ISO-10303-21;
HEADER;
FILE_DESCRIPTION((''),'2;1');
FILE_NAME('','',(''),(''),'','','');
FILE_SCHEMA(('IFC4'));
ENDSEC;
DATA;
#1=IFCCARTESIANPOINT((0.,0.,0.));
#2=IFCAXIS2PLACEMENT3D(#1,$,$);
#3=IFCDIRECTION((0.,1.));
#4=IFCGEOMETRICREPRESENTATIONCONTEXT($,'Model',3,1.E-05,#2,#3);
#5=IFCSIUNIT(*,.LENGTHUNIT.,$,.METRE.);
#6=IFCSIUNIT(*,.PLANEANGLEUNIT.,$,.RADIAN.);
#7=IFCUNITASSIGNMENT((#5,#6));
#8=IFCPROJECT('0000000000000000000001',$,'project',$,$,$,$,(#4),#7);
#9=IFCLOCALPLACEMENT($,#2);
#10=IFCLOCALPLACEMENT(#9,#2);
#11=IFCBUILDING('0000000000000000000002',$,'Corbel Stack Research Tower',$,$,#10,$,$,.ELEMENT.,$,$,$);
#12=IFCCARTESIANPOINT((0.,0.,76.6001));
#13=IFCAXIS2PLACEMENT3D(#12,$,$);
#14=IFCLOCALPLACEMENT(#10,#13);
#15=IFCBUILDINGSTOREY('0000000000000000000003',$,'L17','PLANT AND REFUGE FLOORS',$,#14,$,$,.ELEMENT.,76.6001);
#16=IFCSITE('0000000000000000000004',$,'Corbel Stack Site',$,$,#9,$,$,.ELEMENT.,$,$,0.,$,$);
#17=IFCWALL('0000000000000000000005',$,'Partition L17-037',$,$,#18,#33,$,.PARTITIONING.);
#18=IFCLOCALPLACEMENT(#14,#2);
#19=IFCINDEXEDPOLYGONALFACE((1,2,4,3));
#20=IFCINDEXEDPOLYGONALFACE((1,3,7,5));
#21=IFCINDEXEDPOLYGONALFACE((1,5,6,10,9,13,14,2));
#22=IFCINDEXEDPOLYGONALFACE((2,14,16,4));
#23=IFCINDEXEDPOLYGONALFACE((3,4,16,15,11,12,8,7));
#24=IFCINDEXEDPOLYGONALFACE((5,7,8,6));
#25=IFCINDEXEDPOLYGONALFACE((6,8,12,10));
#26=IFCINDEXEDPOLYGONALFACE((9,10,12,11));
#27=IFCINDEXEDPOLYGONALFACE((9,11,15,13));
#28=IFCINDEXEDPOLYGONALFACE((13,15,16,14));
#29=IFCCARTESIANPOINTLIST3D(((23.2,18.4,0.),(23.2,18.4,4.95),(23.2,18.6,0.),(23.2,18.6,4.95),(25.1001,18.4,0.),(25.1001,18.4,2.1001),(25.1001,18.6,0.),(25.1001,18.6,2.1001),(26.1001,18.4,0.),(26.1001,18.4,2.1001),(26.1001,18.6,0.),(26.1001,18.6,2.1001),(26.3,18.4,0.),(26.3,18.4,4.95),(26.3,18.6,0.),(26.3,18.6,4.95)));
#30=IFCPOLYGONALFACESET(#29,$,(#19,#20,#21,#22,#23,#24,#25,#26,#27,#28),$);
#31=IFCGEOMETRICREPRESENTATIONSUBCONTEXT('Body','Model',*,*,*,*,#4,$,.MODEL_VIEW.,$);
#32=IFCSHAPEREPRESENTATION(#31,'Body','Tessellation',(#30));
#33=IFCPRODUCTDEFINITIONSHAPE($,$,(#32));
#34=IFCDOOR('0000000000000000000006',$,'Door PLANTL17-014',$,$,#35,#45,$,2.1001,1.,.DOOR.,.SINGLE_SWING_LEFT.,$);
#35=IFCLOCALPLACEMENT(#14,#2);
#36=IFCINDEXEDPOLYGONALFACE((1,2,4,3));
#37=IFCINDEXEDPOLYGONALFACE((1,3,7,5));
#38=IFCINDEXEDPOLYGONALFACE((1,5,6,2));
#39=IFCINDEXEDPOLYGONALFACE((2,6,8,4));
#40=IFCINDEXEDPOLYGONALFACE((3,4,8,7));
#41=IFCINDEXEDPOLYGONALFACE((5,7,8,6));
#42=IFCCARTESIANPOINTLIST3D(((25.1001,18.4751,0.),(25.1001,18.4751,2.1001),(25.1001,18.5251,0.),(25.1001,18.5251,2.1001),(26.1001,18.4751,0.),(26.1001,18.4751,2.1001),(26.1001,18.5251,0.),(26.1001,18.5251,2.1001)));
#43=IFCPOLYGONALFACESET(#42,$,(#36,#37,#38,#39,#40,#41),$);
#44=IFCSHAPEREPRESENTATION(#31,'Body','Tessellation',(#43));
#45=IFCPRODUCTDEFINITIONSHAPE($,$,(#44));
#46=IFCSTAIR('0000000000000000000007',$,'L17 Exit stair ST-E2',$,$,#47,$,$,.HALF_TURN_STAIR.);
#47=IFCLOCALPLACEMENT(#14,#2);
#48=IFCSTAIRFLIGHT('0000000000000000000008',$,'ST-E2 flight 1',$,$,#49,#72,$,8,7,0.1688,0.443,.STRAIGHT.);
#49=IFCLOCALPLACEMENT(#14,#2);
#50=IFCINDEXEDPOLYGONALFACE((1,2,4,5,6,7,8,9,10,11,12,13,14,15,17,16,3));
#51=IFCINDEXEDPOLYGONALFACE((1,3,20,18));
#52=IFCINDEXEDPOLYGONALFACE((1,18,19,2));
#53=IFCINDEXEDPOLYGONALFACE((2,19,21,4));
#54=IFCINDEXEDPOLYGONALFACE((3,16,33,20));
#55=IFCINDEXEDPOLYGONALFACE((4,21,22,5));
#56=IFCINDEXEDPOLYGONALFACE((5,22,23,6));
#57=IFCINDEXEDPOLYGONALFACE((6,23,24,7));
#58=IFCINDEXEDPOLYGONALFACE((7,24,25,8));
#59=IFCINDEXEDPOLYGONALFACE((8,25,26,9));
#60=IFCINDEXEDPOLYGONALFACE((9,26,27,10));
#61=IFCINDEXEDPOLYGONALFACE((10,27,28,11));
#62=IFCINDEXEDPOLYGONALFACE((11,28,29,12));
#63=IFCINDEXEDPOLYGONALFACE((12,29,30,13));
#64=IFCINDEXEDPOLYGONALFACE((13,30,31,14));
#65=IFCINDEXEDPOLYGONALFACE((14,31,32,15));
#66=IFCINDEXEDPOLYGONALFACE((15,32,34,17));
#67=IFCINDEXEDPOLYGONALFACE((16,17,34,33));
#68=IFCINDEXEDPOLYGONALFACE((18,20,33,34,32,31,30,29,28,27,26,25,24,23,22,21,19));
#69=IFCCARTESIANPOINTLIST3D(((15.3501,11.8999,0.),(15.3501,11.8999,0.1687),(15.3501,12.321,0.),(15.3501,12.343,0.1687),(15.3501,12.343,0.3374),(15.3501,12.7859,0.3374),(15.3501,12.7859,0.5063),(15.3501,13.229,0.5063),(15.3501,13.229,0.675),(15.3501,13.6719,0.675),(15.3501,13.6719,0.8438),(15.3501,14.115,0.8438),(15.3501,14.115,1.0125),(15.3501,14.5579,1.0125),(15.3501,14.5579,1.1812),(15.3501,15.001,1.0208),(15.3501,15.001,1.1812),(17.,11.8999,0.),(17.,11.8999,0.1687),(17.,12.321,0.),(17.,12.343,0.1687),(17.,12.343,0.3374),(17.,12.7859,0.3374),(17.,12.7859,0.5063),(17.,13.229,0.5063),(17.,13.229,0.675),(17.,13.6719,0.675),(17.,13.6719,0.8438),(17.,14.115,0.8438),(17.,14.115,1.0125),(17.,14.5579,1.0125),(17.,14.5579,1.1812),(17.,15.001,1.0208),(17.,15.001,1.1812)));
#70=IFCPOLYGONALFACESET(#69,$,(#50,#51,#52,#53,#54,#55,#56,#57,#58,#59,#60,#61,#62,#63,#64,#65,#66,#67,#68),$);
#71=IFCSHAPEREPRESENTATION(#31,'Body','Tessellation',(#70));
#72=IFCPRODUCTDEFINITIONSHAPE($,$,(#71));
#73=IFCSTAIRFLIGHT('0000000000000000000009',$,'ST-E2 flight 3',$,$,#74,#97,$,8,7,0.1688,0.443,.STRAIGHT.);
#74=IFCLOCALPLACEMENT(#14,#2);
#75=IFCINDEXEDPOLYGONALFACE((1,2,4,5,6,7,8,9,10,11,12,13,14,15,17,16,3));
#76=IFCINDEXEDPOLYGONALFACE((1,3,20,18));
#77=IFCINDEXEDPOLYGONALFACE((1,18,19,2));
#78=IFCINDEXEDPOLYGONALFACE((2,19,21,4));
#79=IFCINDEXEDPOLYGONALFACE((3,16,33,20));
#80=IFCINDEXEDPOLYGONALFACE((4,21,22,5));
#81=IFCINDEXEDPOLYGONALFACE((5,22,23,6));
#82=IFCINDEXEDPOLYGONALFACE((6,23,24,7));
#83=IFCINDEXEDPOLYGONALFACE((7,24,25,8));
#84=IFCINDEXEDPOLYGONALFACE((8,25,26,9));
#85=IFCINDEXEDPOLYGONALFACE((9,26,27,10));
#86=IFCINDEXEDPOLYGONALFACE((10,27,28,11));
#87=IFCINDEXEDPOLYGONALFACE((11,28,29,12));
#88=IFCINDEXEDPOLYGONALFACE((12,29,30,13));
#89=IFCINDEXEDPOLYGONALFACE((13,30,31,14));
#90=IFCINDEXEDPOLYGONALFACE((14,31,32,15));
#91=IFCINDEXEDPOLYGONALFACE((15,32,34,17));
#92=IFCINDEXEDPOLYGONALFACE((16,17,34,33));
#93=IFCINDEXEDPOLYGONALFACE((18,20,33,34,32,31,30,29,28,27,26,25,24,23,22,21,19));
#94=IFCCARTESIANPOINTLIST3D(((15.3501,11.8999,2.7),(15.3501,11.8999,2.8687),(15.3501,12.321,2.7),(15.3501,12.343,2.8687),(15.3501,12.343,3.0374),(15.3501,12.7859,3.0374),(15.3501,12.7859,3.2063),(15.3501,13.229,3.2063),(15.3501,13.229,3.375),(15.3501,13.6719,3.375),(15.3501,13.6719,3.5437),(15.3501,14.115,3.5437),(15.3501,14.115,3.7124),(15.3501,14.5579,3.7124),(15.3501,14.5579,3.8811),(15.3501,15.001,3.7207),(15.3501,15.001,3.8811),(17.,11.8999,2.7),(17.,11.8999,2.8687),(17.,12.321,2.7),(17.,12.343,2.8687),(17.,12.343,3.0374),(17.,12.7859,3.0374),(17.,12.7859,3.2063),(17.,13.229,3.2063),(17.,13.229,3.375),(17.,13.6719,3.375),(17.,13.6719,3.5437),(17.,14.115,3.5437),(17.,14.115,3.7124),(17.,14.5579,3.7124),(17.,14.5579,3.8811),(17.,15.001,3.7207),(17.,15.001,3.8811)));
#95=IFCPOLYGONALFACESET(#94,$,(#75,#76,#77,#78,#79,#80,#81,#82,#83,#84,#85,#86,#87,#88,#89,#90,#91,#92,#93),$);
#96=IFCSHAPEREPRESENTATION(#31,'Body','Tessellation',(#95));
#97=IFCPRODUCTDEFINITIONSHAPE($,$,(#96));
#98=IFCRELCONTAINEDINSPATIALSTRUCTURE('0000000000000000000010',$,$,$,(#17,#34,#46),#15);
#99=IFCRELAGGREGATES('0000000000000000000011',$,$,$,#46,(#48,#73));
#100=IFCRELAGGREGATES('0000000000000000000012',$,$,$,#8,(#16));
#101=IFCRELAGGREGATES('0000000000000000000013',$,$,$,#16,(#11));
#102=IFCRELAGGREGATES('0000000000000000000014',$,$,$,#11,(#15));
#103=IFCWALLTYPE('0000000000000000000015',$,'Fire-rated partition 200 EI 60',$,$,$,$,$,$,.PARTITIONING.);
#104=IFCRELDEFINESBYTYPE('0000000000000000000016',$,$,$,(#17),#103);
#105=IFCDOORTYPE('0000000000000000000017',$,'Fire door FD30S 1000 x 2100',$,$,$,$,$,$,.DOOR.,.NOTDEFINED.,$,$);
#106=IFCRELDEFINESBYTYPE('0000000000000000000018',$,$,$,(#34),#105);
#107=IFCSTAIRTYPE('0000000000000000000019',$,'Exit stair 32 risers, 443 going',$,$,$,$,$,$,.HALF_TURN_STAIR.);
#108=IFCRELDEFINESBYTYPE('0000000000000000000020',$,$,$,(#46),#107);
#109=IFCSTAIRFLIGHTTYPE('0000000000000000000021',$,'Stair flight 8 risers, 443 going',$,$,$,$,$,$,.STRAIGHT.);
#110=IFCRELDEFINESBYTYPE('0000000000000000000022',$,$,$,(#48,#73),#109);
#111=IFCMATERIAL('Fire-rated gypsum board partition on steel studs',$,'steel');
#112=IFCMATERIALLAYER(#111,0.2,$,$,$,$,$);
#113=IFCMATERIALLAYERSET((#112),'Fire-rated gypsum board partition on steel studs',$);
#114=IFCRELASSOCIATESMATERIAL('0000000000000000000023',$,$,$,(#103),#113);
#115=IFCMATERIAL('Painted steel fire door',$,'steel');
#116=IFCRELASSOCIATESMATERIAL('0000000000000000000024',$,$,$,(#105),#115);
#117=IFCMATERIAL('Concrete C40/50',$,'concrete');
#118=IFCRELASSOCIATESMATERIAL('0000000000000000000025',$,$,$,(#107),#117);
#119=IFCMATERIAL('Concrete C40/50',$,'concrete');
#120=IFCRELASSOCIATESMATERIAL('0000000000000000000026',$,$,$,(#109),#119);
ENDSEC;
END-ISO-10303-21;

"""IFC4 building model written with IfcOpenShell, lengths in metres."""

from ifc_helpers import new_model, si_unit, direction, frame, frame_2d, origin, place, context, subcontext, project, spatial, polyline, rectangle, outline, extrude, material, layer, layer_set, type_object, element, fill, aggregate, save


model = new_model("IFC4")

# Units and contexts
model_context = context("Model", 3, precision=1e-05, world=origin(), true_north=direction((0.0, 1.0)))
body_context = subcontext(model_context, "Body", "Model", "MODEL_VIEW")
ifc_project = project(units=[si_unit("LENGTHUNIT", "METRE"), si_unit("PLANEANGLEUNIT", "RADIAN")], contexts=[model_context])

# Site, building, storey
site_placement = place(None, origin())
site = spatial("IfcSite", under=ifc_project, at=site_placement, Name="Corbel Stack Site", CompositionType="ELEMENT", RefElevation=0.0)
building_placement = place(site_placement, origin())
building = spatial("IfcBuilding", under=site, at=building_placement, Name="Corbel Stack Research Tower", CompositionType="ELEMENT")
storey_placement = place(building_placement, frame((0.0, 0.0, 76.6001)))
storey = spatial("IfcBuildingStorey", under=building, at=storey_placement, Name="L17", Description="PLANT AND REFUGE FLOORS", CompositionType="ELEMENT", Elevation=76.6001)

# Shared definitions
ifc_material_1 = material(Name="Fire-rated gypsum board partition on steel studs", Category="steel")
ifc_layer = layer(ifc_material_1, 0.2)
ifc_layer_set = layer_set([ifc_layer], Name="Fire-rated gypsum board partition on steel studs")
wall_type = type_object("IfcWallType", Name="Fire-rated partition 200 EI 60", PredefinedType="PARTITIONING", material=ifc_layer_set)
ifc_material_2 = material(Name="Painted steel fire door", Category="steel")
door_type = type_object("IfcDoorType", Name="Fire door FD30S 1000 x 2100", OperationType="NOTDEFINED", PredefinedType="DOOR", material=ifc_material_2)

# Wall, opening, door
wall_1_placement = place(storey_placement, frame((26.3, 18.5, 0.0), z_axis=(0.0, 0.0, 1.0), x_axis=(-1.0, 0.0, 0.0)))
wall_1 = element("IfcWall", 1, at=wall_1_placement, inside=storey, type_object=wall_type, Name="Partition L17-037", PredefinedType="PARTITIONING", context=body_context, shape_type="SweptSolid", body=[
    extrude(rectangle(XDim=3.1001, YDim=0.2, at=frame_2d((1.55, 0.0))), origin(), (0.0, 0.0, 1.0), 4.95),
])
opening_1_placement = place(wall_1_placement, frame((0.2, 0.0, 0.0)))
opening_1 = element("IfcOpeningElement", 2, at=opening_1_placement, cuts=wall_1, PredefinedType="OPENING", context=body_context, shape_type="SweptSolid", body=[
    extrude(rectangle(XDim=1.0, YDim=2.1001, at=frame_2d((0.5, 1.05))), frame((0.0, 0.1099, 0.0), z_axis=(0.0, -1.0, 0.0), x_axis=(1.0, 0.0, 0.0)), (0.0, 0.0, 1.0), 0.22),
])
door_1_placement = place(opening_1_placement, origin())
door_1 = element("IfcDoor", 3, at=door_1_placement, inside=storey, type_object=door_type, Name="Door PLANTL17-014", OperationType="SINGLE_SWING_LEFT", OverallHeight=2.1001, OverallWidth=1.0, PredefinedType="DOOR", context=body_context, shape_type="SweptSolid", body=[
    extrude(rectangle(XDim=1.0, YDim=2.1001, at=frame_2d((0.5, 1.05))), frame((0.0, 0.0249, 0.0), z_axis=(0.0, -1.0, 0.0), x_axis=(1.0, 0.0, 0.0)), (0.0, 0.0, 1.0), 0.05),
])
fill(opening_1, door_1)

# Stair, stair flights
ifc_material_3 = material(Name="Concrete C40/50", Category="concrete")
stair_type = type_object("IfcStairType", Name="Exit stair 32 risers, 443 going", PredefinedType="HALF_TURN_STAIR", material=ifc_material_3)
stair_placement = place(storey_placement, origin())
stair = element("IfcStair", 4, at=stair_placement, inside=storey, type_object=stair_type, Name="L17 Exit stair ST-E2", PredefinedType="HALF_TURN_STAIR")
ifc_material_4 = material(Name="Concrete C40/50", Category="concrete")
stair_flight_type = type_object("IfcStairFlightType", Name="Stair flight 8 risers, 443 going", PredefinedType="STRAIGHT", material=ifc_material_4)
stair_flight_1_placement = place(storey_placement, frame((16.175, 11.8999, 0.0), z_axis=(0.0, 0.0, 1.0), x_axis=(0.0, 1.0, 0.0)))
stair_flight_1 = element("IfcStairFlight", 5, at=stair_flight_1_placement, type_object=stair_flight_type, Name="ST-E2 flight 1", NumberOfRisers=8, NumberOfTreads=7, PredefinedType="STRAIGHT", RiserHeight=0.1688, TreadLength=0.443, context=body_context, shape_type="SweptSolid", body=[
    extrude(outline(polyline([(0.0, 0.0), (0.0, 0.1687), (0.4431, 0.1687), (0.4431, 0.3374), (0.886, 0.3374), (0.886, 0.5063), (1.3291, 0.5063), (1.3291, 0.675), (1.772, 0.675), (1.772, 0.8438), (2.2151, 0.8438), (2.2151, 1.0125), (2.658, 1.0125), (2.658, 1.1812), (3.1011, 1.1812), (3.1011, 1.3501), (3.1011, 1.0208), (0.4211, 0.0), (0.0, 0.0)])), frame((0.0, 0.825, 0.0), z_axis=(0.0, -1.0, 0.0), x_axis=(1.0, 0.0, 0.0)), (0.0, 0.0, 1.0), 1.6499),
])
stair_flight_2_placement = place(storey_placement, frame((16.175, 11.8999, 2.7), z_axis=(0.0, 0.0, 1.0), x_axis=(0.0, 1.0, 0.0)))
stair_flight_2 = element("IfcStairFlight", 6, at=stair_flight_2_placement, type_object=stair_flight_type, Name="ST-E2 flight 3", NumberOfRisers=8, NumberOfTreads=7, PredefinedType="STRAIGHT", RiserHeight=0.1688, TreadLength=0.443, context=body_context, shape_type="SweptSolid", body=[
    extrude(outline(polyline([(0.0, 0.0), (0.0, 0.1687), (0.4431, 0.1687), (0.4431, 0.3374), (0.886, 0.3374), (0.886, 0.5063), (1.3291, 0.5063), (1.3291, 0.675), (1.772, 0.675), (1.772, 0.8438), (2.2151, 0.8438), (2.2151, 1.0125), (2.658, 1.0125), (2.658, 1.1812), (3.1011, 1.1812), (3.1011, 1.3501), (3.1011, 1.0208), (0.4211, 0.0), (0.0, 0.0)])), frame((0.0, 0.825, 0.0), z_axis=(0.0, -1.0, 0.0), x_axis=(1.0, 0.0, 0.0)), (0.0, 0.0, 1.0), 1.6499),
])
aggregate(stair, [stair_flight_1, stair_flight_2])

save(model, "model.ifc")
